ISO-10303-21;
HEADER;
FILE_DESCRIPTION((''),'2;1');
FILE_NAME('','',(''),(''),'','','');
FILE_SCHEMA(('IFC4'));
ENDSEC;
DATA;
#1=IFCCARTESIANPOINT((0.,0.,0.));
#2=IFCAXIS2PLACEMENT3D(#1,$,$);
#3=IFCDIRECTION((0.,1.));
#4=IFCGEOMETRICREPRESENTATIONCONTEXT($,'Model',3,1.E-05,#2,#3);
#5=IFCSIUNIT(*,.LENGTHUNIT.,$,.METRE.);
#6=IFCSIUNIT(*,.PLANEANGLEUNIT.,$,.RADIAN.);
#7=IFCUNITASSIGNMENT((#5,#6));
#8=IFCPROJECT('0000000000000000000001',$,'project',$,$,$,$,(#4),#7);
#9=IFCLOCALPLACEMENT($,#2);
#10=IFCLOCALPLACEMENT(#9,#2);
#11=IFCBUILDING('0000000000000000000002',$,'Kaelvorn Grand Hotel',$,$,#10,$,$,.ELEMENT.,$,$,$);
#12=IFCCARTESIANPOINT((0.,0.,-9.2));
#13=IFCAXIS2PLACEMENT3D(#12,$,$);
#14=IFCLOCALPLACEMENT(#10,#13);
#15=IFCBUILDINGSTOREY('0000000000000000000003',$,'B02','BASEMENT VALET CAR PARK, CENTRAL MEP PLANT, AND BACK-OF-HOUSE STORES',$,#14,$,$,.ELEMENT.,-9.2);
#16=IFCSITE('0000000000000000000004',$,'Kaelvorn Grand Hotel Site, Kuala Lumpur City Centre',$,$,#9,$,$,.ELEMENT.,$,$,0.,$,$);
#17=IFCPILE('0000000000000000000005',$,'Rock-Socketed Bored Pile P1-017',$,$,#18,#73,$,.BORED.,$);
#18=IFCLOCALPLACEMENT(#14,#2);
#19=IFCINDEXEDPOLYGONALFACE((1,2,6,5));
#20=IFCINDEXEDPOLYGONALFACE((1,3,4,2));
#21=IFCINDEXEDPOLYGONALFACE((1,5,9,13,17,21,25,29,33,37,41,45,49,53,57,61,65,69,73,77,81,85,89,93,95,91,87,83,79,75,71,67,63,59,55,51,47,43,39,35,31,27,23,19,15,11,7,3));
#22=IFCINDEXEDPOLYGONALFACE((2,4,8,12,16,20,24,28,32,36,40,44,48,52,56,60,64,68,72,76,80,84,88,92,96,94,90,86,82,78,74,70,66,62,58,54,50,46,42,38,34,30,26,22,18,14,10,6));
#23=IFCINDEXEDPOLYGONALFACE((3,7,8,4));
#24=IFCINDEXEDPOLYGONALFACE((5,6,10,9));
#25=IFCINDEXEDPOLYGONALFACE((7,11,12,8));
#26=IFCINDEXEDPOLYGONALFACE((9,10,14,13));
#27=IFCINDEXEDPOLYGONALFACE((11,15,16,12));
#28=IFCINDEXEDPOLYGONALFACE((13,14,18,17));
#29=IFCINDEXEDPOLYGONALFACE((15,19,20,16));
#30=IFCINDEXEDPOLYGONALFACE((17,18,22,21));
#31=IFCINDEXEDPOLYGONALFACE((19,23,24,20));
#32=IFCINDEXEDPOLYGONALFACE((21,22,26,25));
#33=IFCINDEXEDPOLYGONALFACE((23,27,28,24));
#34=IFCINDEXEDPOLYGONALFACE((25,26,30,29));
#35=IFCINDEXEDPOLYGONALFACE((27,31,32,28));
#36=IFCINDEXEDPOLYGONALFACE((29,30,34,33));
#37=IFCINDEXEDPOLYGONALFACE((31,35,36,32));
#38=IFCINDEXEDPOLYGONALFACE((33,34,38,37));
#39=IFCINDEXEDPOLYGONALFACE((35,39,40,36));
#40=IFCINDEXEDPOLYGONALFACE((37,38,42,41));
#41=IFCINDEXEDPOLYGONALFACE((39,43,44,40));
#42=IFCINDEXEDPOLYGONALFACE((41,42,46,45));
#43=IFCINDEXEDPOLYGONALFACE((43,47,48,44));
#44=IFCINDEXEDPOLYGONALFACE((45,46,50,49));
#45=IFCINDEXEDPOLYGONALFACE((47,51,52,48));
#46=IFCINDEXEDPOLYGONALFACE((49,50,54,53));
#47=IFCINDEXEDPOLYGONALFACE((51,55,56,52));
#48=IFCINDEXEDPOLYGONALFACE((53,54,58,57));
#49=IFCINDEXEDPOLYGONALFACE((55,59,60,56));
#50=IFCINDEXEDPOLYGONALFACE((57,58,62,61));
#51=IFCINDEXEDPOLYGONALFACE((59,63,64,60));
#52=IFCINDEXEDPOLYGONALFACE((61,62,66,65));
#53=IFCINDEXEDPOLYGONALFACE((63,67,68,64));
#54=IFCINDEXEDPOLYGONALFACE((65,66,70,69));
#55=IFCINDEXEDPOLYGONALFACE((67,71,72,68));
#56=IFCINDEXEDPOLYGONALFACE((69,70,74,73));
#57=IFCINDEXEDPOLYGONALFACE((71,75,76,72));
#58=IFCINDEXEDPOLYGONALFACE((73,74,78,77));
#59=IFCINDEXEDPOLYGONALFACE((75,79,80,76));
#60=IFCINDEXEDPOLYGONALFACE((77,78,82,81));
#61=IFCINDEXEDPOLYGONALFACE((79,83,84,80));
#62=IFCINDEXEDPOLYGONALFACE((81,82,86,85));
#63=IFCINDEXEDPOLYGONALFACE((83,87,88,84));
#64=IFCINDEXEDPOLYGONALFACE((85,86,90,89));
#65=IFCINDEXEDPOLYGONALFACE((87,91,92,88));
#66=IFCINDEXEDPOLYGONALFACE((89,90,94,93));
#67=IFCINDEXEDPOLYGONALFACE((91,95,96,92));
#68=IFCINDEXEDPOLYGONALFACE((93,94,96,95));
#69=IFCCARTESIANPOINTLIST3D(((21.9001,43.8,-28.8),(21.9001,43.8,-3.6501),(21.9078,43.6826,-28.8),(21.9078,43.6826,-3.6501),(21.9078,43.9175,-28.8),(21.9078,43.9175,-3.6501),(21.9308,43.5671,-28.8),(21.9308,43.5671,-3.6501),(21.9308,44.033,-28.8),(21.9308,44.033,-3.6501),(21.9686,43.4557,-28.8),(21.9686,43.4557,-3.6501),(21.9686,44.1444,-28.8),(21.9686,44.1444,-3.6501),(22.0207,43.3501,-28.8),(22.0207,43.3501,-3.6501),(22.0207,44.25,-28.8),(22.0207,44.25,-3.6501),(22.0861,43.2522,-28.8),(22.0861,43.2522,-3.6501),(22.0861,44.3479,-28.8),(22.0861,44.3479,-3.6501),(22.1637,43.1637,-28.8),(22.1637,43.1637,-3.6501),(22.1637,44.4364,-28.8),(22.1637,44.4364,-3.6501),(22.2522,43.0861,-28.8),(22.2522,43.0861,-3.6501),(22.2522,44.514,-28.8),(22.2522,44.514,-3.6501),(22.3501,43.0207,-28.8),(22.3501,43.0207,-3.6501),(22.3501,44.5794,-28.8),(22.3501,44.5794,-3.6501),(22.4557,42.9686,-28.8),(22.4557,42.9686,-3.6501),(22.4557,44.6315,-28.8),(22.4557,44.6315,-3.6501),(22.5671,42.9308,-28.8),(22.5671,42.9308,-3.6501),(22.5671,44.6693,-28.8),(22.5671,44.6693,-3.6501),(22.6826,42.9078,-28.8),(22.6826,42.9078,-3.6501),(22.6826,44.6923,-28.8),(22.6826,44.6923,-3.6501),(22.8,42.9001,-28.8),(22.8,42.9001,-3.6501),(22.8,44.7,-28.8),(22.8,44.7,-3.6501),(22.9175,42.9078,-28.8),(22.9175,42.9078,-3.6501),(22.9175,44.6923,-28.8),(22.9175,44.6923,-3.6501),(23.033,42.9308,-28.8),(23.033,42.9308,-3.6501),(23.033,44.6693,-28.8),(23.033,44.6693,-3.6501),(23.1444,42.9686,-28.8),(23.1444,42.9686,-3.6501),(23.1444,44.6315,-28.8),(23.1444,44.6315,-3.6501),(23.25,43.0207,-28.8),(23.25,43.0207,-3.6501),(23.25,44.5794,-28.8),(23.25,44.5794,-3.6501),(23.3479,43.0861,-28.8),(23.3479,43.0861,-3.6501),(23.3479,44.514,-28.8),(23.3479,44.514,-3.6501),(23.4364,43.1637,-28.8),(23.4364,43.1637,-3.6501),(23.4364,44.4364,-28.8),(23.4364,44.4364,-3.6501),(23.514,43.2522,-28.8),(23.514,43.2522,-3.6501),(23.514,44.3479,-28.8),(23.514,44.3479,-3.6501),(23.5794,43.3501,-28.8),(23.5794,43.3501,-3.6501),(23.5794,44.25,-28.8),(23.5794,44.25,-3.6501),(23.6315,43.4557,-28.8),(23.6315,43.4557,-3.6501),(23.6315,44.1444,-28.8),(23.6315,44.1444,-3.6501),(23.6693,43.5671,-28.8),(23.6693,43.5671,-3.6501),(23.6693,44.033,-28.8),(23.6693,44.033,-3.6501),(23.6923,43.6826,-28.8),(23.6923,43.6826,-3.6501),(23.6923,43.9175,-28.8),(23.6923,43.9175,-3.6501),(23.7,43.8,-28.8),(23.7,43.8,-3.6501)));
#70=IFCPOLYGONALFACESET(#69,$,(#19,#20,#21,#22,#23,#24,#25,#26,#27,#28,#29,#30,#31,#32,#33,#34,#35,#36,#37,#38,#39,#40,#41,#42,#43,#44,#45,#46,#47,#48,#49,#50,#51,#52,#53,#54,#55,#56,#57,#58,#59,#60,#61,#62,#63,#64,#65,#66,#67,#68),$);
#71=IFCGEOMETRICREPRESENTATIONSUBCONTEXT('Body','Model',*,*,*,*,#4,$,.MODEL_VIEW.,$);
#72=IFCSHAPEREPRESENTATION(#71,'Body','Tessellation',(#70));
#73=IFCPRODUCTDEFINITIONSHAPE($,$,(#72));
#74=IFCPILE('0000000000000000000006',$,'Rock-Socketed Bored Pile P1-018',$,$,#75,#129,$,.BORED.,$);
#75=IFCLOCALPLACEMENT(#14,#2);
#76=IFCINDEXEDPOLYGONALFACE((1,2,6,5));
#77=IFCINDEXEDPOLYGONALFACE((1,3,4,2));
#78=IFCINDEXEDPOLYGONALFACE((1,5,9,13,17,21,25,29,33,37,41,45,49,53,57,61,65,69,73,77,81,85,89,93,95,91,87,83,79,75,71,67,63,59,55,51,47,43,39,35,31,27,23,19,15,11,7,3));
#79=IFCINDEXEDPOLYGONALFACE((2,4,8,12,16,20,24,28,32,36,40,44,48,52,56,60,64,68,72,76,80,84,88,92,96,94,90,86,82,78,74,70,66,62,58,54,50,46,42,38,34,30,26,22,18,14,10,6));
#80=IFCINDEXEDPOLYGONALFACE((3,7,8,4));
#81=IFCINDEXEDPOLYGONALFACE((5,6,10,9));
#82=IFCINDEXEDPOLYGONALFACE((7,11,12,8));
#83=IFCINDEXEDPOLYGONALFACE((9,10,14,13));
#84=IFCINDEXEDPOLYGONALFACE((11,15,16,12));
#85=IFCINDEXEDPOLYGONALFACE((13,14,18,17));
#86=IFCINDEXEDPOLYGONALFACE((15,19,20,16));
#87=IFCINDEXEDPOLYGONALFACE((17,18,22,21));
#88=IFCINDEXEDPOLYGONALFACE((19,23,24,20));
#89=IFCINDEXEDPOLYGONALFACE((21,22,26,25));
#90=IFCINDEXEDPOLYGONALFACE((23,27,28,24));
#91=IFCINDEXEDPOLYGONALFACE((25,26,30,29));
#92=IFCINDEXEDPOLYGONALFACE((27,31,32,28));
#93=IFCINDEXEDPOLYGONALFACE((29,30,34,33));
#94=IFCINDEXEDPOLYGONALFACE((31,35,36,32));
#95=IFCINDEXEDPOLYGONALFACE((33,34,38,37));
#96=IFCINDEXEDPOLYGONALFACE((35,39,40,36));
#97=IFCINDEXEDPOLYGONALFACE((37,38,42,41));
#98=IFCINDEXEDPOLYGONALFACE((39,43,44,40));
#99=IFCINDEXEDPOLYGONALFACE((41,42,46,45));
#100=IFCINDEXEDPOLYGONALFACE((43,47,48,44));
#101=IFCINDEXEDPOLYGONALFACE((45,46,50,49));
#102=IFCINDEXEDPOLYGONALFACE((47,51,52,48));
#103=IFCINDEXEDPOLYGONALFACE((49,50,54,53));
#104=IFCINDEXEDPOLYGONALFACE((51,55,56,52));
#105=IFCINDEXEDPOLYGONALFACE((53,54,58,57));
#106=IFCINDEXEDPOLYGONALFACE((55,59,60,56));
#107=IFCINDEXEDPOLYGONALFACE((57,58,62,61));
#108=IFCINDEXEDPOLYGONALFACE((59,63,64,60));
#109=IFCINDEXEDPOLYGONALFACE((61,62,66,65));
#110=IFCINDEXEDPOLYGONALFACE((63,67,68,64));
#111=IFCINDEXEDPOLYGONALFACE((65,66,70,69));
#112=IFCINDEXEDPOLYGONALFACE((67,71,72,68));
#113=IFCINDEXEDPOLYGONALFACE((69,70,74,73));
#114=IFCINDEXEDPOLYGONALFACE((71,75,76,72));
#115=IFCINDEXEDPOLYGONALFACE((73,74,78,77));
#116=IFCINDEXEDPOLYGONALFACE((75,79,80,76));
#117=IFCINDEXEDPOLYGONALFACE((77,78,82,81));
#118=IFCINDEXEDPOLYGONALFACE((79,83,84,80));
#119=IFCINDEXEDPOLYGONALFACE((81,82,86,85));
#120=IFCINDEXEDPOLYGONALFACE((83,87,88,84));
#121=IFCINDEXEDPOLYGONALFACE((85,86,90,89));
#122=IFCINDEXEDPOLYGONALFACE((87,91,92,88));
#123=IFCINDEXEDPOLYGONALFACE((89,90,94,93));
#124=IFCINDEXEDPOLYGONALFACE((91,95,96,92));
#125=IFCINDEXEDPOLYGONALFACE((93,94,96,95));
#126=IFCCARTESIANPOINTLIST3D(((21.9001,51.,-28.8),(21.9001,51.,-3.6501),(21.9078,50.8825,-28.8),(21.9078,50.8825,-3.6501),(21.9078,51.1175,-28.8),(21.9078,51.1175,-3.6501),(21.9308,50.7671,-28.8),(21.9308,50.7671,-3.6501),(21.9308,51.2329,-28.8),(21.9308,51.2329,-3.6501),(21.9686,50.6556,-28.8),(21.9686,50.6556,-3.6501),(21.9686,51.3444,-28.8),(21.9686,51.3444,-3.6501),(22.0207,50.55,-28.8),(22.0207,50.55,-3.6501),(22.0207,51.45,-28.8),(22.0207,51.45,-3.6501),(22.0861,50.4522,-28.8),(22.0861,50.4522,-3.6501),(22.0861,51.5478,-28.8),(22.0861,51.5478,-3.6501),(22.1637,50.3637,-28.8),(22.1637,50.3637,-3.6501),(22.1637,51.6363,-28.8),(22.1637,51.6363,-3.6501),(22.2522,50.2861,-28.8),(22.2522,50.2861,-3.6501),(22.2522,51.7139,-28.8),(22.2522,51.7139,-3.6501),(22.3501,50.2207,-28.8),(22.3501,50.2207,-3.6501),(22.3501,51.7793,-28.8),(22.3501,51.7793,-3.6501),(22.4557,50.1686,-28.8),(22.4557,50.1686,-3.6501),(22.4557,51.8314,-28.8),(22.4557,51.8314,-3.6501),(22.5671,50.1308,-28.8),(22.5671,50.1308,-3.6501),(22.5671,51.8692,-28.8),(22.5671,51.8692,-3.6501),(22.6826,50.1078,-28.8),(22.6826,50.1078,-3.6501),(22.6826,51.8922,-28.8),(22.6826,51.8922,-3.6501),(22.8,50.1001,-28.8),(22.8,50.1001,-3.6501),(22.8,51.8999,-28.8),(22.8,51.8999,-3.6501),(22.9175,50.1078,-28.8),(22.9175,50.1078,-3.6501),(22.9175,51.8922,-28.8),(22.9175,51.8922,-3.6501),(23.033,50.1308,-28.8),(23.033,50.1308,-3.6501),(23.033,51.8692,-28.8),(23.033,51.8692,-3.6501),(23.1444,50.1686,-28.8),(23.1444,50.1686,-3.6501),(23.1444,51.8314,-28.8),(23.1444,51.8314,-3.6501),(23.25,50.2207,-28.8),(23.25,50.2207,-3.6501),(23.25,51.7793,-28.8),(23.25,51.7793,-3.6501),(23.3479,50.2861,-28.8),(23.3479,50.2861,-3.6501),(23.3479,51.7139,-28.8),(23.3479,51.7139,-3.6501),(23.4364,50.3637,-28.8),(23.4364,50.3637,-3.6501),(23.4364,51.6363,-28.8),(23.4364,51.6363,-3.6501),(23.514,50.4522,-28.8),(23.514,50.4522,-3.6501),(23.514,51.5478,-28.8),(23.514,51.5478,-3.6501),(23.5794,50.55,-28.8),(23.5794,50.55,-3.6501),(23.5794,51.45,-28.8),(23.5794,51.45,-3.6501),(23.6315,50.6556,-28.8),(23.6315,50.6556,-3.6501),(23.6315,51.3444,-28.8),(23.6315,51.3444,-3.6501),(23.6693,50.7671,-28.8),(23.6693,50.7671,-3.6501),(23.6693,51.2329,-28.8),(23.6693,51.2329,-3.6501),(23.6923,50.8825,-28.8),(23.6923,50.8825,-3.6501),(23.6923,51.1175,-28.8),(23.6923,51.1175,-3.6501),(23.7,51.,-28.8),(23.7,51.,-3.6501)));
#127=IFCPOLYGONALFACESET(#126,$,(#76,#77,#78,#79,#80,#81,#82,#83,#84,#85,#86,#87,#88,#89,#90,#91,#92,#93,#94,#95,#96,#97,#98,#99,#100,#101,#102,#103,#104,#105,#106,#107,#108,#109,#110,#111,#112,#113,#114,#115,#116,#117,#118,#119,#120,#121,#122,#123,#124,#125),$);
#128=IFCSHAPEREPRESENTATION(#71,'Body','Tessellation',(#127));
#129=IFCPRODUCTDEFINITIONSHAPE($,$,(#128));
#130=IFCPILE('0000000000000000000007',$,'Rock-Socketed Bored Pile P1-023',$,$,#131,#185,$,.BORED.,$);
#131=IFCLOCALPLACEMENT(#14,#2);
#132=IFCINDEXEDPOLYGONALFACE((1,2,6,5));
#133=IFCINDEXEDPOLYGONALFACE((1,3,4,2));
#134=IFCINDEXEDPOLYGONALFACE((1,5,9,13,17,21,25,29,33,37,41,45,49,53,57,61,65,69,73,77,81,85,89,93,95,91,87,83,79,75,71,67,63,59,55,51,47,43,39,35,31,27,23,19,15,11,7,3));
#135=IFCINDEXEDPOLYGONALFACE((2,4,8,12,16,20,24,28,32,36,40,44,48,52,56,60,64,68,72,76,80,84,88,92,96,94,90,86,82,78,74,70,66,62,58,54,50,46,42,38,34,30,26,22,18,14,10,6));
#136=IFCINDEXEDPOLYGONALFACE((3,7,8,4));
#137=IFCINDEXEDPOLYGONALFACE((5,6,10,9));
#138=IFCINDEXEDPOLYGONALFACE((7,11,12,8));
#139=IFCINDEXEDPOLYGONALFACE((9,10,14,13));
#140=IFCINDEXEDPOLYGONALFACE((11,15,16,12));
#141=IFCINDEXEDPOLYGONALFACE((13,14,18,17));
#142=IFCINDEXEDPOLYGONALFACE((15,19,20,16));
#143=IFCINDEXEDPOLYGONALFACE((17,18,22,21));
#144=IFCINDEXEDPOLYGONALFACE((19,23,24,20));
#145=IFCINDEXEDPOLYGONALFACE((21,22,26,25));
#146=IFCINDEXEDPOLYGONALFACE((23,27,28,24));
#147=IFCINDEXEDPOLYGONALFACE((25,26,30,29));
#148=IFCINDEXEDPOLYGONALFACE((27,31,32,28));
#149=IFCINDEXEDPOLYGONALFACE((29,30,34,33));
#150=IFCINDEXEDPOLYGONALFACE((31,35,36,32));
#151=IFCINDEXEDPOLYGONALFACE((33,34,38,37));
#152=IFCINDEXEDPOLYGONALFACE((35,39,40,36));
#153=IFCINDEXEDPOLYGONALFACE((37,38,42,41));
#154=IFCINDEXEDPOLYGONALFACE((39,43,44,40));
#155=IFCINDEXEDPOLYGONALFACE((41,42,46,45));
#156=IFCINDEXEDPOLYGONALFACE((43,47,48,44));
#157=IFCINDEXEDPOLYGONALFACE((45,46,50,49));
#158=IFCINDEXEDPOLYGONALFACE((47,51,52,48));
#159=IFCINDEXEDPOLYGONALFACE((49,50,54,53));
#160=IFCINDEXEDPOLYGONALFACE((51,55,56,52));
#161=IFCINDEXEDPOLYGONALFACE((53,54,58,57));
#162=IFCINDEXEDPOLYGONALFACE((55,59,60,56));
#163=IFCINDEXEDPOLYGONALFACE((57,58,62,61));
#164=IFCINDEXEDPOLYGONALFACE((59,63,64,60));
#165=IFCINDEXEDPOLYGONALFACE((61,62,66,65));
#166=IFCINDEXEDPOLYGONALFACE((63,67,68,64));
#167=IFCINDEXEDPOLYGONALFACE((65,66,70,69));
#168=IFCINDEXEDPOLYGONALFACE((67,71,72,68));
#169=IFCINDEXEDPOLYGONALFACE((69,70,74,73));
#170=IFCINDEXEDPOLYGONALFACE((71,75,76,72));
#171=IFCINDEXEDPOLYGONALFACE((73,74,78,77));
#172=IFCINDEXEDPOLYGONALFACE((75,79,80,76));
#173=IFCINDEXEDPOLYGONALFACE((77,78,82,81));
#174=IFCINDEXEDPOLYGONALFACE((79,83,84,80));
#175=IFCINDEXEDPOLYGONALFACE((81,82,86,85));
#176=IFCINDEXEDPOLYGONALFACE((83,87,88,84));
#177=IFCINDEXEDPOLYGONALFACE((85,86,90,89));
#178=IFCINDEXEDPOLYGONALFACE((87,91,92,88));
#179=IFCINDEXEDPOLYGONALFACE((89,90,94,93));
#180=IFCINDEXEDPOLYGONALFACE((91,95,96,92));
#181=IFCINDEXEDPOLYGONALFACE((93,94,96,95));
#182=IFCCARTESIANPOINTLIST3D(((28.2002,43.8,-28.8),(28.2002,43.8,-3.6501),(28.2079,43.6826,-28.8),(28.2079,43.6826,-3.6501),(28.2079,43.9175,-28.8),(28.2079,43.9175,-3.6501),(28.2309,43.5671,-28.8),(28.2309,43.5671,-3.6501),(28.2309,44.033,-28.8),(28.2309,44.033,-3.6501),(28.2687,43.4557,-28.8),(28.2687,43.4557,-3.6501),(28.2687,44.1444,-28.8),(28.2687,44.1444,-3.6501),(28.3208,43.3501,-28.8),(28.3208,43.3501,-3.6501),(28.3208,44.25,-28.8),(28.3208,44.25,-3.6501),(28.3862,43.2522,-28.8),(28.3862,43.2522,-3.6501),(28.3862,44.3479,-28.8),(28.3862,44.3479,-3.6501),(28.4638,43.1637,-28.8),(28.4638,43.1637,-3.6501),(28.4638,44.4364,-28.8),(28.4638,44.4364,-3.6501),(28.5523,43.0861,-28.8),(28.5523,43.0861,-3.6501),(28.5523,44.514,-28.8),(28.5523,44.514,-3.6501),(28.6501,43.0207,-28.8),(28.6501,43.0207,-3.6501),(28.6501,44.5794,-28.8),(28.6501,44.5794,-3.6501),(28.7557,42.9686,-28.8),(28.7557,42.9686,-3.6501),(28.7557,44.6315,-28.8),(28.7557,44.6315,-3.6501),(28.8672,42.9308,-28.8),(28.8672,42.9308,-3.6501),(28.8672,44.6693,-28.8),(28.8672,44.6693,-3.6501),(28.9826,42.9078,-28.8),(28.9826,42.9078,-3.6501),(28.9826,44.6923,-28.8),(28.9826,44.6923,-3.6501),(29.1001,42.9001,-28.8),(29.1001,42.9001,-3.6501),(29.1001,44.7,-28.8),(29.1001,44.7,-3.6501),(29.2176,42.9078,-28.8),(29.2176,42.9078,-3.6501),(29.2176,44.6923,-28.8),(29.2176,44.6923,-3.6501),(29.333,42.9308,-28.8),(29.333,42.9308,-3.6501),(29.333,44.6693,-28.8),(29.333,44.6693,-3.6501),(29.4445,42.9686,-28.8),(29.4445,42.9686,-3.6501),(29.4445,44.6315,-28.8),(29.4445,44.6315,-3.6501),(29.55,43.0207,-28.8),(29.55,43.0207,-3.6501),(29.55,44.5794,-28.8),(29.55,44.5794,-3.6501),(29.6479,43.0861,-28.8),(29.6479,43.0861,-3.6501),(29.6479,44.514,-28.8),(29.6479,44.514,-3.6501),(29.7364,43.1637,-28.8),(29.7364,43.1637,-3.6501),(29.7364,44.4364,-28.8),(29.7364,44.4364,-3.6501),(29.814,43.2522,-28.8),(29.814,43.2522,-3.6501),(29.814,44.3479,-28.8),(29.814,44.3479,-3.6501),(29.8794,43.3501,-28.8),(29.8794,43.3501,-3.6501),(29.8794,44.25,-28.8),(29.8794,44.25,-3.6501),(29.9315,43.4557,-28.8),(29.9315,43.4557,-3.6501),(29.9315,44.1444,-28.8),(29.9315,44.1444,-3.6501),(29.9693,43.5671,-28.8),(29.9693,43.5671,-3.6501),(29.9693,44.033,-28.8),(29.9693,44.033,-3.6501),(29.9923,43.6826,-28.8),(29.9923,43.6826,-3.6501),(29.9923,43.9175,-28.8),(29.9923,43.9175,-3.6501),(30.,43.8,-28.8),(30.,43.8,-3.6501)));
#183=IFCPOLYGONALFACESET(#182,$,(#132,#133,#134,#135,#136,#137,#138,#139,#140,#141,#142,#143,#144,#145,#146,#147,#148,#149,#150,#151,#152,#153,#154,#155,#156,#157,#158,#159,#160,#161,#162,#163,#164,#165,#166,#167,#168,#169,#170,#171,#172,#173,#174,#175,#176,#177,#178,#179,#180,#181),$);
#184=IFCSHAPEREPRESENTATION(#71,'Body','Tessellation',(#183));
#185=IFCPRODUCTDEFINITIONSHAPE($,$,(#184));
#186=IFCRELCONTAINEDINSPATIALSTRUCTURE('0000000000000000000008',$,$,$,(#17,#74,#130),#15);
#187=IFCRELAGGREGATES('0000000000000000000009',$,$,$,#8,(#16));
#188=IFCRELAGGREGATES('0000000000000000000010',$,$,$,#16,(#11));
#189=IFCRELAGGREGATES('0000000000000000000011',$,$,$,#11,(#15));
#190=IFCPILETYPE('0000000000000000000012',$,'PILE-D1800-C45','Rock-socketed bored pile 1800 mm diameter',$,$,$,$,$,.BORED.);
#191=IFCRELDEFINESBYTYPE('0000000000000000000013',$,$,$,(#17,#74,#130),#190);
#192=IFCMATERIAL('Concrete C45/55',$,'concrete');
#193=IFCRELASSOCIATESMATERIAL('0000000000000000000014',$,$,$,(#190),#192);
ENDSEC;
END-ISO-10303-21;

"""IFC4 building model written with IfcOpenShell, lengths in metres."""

from ifc_helpers import new_model, si_unit, direction, frame, origin, origin_2d, place, context, subcontext, project, spatial, circle, extrude, material, material_profile, profile_set, type_object, element, save


model = new_model("IFC4")

# Units and contexts
model_context = context("Model", 3, precision=1e-05, world=origin(), true_north=direction((0.0, 1.0)))
body_context = subcontext(model_context, "Body", "Model", "MODEL_VIEW")
ifc_project = project(units=[si_unit("LENGTHUNIT", "METRE"), si_unit("PLANEANGLEUNIT", "RADIAN")], contexts=[model_context])

# Site, building, storey
site_placement = place(None, origin())
site = spatial("IfcSite", under=ifc_project, at=site_placement, Name="Kaelvorn Grand Hotel Site, Kuala Lumpur City Centre", CompositionType="ELEMENT", RefElevation=0.0)
building_placement = place(site_placement, origin())
building = spatial("IfcBuilding", under=site, at=building_placement, Name="Kaelvorn Grand Hotel", CompositionType="ELEMENT")
storey_placement = place(building_placement, frame((0.0, 0.0, -9.2)))
storey = spatial("IfcBuildingStorey", under=building, at=storey_placement, Name="B02", Description="BASEMENT VALET CAR PARK, CENTRAL MEP PLANT, AND BACK-OF-HOUSE STORES", CompositionType="ELEMENT", Elevation=-9.2)

# Piles
ifc_material_1 = material(Name="Concrete C45/55", Category="concrete")
ifc_material_profile_1 = material_profile(ifc_material_1, circle(Radius=0.8999, at=origin_2d()), Name="BORED PILE D1800")
ifc_profile_set_1 = profile_set([ifc_material_profile_1], Name="Concrete C45/55")
pile_type = type_object("IfcPileType", Name="PILE-D1800-C45", Description="Rock-socketed bored pile 1800 mm diameter", PredefinedType="BORED", material=ifc_profile_set_1)
for number, where, z_axis, x_axis, name in (
    (1, (22.8, 43.8, -3.6501), (0.0, 0.0, -1.0), (1.0, 0.0, 0.0), "Rock-Socketed Bored Pile P1-017"),
    (2, (22.8, 51.0, -3.6501), (0.0, 0.0, -1.0), (1.0, 0.0, 0.0), "Rock-Socketed Bored Pile P1-018"),
    (3, (29.1001, 43.8, -3.6501), (0.0, 0.0, -1.0), (1.0, 0.0, 0.0), "Rock-Socketed Bored Pile P1-023"),
):
    element("IfcPile", number, at=place(storey_placement, frame(where, z_axis=z_axis, x_axis=x_axis)), inside=storey, type_object=pile_type, Name=name, PredefinedType="BORED", context=body_context, shape_type="SweptSolid", body=[
        extrude(circle(Radius=0.8999, at=origin_2d()), origin(), (0.0, 0.0, 1.0), 25.1499),
    ])

save(model, "model.ifc")
